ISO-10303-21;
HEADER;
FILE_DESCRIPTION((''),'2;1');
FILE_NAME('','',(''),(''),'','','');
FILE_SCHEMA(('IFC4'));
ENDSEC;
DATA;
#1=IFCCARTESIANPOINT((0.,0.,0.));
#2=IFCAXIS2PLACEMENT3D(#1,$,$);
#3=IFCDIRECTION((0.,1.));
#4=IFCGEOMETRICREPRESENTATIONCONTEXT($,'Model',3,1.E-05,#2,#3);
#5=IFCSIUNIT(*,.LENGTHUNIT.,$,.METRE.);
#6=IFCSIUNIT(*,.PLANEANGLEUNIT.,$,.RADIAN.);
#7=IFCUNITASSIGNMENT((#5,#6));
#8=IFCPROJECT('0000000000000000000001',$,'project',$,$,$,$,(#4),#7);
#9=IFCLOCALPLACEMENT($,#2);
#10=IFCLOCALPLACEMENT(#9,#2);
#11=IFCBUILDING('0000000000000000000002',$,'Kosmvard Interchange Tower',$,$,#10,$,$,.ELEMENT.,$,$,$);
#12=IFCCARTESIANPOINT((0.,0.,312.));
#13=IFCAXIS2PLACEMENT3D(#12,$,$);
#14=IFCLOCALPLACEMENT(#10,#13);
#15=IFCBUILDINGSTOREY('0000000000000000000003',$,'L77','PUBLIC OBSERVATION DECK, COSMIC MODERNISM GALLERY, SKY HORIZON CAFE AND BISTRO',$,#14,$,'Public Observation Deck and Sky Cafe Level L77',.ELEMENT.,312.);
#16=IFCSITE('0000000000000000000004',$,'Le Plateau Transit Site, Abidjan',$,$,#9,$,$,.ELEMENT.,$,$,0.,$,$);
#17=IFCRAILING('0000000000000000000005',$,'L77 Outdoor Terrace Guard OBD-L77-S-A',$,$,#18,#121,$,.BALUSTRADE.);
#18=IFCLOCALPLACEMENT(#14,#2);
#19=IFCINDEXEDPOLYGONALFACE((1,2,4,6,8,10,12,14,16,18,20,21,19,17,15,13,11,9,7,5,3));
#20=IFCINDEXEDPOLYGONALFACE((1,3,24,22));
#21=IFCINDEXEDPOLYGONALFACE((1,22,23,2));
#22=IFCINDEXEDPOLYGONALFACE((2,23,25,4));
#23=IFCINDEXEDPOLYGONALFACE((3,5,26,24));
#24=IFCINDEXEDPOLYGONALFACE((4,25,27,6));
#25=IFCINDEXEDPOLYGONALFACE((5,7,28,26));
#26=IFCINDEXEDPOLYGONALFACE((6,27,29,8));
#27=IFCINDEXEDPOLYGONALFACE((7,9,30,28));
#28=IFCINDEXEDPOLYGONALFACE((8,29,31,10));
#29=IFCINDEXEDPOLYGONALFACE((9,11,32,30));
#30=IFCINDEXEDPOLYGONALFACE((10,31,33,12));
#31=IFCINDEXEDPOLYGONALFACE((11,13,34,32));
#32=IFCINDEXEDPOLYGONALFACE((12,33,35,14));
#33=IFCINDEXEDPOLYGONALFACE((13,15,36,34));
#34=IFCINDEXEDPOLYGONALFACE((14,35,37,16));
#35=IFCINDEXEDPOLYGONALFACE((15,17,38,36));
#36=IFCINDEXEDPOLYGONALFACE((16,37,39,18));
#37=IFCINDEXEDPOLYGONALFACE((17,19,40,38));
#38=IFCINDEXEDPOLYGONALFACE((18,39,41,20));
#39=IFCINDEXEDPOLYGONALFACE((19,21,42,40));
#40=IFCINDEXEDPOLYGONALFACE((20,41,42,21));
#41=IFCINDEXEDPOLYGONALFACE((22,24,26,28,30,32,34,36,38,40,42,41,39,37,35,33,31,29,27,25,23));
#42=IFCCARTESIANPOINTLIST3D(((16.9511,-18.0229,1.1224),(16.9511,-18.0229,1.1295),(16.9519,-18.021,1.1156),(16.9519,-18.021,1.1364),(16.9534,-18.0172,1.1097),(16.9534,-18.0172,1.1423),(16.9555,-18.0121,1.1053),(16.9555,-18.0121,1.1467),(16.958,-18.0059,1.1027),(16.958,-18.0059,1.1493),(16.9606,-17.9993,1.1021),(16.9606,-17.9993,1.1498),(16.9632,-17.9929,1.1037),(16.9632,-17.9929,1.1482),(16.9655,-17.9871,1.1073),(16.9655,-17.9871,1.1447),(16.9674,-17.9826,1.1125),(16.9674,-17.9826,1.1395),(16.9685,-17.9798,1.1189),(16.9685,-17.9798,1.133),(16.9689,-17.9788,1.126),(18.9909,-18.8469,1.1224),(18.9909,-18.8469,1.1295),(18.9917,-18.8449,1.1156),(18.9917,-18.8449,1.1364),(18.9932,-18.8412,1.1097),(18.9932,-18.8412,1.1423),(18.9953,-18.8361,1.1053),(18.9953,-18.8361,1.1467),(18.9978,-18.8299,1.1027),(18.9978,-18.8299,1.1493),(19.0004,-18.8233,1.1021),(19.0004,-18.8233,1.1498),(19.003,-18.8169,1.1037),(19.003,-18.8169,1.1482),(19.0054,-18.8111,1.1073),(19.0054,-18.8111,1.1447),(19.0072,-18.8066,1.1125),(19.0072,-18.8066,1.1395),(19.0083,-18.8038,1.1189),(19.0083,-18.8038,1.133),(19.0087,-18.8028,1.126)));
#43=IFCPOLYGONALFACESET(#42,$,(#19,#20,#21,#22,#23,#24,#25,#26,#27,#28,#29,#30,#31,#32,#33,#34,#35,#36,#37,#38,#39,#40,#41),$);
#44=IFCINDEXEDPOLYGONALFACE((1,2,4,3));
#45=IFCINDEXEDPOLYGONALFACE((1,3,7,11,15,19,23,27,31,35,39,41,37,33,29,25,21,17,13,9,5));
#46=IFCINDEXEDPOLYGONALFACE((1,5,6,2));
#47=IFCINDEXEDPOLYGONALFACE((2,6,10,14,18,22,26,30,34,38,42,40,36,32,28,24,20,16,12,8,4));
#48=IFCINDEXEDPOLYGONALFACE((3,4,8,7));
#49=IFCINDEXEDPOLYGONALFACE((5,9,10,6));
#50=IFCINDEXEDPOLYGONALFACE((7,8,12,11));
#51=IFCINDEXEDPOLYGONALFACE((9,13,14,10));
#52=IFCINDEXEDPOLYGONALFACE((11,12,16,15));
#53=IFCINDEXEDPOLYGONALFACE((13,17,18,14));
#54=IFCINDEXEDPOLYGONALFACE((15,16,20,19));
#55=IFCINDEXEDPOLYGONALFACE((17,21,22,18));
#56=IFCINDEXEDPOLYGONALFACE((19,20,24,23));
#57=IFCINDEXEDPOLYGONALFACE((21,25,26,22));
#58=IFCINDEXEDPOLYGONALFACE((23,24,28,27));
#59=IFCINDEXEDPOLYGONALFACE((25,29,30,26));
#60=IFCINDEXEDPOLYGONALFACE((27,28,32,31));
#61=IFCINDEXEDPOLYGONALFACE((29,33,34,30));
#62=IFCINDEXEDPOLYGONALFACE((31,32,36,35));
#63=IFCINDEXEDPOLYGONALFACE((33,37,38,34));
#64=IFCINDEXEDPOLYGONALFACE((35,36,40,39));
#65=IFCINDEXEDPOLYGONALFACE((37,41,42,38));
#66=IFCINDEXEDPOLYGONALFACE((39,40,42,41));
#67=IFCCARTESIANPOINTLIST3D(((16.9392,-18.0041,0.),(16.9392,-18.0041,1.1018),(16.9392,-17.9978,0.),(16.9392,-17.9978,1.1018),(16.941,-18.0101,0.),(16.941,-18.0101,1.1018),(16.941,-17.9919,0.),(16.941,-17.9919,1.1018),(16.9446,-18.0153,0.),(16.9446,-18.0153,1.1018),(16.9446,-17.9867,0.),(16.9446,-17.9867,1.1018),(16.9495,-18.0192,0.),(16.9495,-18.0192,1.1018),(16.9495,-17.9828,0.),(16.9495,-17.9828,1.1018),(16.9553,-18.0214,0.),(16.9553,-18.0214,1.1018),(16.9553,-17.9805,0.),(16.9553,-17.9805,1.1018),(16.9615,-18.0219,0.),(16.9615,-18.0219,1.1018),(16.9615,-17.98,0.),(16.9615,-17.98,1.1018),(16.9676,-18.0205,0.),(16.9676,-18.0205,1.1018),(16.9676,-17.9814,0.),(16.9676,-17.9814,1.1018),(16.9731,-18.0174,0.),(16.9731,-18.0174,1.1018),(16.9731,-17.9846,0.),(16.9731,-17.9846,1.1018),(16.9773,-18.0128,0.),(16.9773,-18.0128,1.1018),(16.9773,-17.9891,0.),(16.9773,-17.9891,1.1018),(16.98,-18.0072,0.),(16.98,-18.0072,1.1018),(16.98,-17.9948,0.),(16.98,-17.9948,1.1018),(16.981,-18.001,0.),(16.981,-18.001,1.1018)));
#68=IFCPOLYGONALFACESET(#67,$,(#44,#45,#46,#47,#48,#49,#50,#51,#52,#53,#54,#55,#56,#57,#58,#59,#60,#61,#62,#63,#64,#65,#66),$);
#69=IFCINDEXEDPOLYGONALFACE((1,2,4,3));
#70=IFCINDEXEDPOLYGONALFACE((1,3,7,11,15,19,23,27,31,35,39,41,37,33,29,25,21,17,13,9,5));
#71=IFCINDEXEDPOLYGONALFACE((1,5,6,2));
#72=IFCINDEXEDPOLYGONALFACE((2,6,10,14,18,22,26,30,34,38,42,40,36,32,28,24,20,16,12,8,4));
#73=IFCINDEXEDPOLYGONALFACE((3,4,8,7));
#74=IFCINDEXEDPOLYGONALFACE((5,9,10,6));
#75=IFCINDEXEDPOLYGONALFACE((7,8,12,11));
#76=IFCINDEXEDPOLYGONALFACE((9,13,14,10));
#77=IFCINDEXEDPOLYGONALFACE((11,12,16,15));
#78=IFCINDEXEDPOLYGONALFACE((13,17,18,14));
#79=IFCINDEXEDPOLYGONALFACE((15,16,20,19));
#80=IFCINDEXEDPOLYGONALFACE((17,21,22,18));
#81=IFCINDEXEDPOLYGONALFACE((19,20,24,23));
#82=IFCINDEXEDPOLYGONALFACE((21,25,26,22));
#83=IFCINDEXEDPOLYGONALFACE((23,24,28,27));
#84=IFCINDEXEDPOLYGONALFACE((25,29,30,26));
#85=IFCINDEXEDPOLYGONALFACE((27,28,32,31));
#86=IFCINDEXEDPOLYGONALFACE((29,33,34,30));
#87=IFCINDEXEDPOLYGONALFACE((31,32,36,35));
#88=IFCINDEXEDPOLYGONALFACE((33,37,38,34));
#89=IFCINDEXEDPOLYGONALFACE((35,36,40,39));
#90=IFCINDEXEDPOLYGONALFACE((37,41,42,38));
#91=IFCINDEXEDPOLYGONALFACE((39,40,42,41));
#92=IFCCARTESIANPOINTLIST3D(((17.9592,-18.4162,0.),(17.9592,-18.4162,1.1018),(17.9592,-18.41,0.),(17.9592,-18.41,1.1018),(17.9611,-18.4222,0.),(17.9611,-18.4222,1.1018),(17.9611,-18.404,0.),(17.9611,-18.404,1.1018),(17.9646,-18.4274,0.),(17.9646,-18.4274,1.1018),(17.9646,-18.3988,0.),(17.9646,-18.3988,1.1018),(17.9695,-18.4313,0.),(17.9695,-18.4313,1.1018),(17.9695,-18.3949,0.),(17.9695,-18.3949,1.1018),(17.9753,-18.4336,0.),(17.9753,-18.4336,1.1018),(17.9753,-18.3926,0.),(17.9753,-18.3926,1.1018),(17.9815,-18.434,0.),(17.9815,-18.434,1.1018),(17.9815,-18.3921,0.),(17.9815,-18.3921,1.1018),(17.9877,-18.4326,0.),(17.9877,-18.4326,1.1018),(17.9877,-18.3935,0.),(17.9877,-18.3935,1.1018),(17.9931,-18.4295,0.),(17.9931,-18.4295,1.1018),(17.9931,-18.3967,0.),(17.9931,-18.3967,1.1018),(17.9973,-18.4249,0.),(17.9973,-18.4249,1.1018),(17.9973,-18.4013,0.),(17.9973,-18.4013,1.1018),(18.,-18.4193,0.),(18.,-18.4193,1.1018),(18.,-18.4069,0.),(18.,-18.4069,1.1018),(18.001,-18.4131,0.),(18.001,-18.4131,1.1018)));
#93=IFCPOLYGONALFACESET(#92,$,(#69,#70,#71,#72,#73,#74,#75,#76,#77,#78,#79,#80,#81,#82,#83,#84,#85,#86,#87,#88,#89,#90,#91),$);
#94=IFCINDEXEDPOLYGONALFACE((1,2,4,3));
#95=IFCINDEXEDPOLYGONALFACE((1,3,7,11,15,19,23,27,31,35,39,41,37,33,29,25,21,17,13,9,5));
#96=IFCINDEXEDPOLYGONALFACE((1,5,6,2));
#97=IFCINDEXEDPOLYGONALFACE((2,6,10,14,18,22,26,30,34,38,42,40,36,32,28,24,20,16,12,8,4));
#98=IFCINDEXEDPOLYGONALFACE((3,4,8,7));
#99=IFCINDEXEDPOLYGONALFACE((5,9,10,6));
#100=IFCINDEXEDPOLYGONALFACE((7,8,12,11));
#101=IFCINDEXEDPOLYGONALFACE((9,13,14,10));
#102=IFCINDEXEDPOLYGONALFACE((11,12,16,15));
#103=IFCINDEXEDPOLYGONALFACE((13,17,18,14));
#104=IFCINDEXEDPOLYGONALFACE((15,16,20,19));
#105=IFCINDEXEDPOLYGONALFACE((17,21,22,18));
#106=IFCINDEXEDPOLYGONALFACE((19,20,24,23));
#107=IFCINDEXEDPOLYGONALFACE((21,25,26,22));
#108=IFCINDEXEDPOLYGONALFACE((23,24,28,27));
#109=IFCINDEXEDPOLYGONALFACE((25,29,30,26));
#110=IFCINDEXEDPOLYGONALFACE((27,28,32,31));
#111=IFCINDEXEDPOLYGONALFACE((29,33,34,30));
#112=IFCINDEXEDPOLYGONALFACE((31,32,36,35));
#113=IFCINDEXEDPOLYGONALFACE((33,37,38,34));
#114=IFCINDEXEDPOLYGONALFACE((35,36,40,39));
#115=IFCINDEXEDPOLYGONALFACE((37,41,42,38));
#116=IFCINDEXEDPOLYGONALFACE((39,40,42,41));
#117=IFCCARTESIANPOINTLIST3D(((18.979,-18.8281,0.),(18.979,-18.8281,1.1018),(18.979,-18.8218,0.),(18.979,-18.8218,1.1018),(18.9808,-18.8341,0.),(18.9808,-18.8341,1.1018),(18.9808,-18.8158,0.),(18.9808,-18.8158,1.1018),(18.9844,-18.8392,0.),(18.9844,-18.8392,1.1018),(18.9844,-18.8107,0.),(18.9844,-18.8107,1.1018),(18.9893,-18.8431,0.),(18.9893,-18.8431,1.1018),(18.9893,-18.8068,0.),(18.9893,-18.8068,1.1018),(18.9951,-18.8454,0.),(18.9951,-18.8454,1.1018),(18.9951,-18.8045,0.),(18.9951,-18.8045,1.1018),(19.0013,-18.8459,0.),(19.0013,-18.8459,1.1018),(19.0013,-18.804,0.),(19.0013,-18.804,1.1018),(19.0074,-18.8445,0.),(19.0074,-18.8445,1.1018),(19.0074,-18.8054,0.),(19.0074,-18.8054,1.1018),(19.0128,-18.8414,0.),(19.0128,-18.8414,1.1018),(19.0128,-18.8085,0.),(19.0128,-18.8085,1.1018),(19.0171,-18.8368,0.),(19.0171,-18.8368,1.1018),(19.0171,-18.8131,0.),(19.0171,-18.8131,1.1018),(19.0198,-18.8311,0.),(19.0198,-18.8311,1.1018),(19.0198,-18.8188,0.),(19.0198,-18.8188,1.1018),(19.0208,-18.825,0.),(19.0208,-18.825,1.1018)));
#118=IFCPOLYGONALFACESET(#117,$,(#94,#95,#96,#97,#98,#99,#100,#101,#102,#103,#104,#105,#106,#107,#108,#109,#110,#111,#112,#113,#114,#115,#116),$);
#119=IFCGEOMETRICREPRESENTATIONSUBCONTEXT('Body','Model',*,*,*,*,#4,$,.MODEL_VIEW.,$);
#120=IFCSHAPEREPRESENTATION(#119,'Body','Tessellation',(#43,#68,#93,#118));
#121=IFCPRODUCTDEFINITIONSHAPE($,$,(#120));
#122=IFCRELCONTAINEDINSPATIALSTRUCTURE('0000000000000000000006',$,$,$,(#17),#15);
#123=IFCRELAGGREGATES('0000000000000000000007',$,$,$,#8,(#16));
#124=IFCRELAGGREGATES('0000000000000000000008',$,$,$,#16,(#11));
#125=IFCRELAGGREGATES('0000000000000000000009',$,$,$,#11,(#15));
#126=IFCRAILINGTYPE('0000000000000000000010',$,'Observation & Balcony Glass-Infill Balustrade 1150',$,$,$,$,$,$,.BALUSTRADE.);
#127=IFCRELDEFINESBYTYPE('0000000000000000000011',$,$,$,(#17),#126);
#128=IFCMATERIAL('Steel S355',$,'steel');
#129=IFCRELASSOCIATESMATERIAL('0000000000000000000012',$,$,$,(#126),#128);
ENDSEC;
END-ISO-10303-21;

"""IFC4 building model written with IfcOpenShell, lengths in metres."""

from ifc_helpers import new_model, si_unit, direction, frame, origin, origin_2d, place, context, subcontext, project, spatial, circle, extrude, source, transform, mapped, material, type_object, element, save


model = new_model("IFC4")

# Units and contexts
model_context = context("Model", 3, precision=1e-05, world=origin(), true_north=direction((0.0, 1.0)))
body_context = subcontext(model_context, "Body", "Model", "MODEL_VIEW")
ifc_project = project(units=[si_unit("LENGTHUNIT", "METRE"), si_unit("PLANEANGLEUNIT", "RADIAN")], contexts=[model_context])

# Site, building, storey
site_placement = place(None, origin())
site = spatial("IfcSite", under=ifc_project, at=site_placement, Name="Le Plateau Transit Site, Abidjan", CompositionType="ELEMENT", RefElevation=0.0)
building_placement = place(site_placement, origin())
building = spatial("IfcBuilding", under=site, at=building_placement, Name="Kosmvard Interchange Tower", CompositionType="ELEMENT")
storey_placement = place(building_placement, frame((0.0, 0.0, 312.0)))
storey = spatial("IfcBuildingStorey", under=building, at=storey_placement, Name="L77", Description="PUBLIC OBSERVATION DECK, COSMIC MODERNISM GALLERY, SKY HORIZON CAFE AND BISTRO", LongName="Public Observation Deck and Sky Cafe Level L77", CompositionType="ELEMENT", Elevation=312.0)

# Shared definitions
ifc_material_1 = material(Name="Steel S355", Category="steel")

# Railing
railing_type = type_object("IfcRailingType", Name="Observation & Balcony Glass-Infill Balustrade 1150", PredefinedType="BALUSTRADE", material=ifc_material_1)
shared_shape_1 = source(origin(), body_context, "Body", "SweptSolid", [
    extrude(circle(Radius=0.0239, at=origin_2d()), frame((0.0, 0.0, 1.126), z_axis=(0.927208, -0.374546, 0.0), x_axis=(0.374546, 0.927208, 0.0)), (0.0, 0.0, 1.0), 2.2),
    extrude(circle(Radius=0.021, at=origin_2d()), origin(), (0.0, 0.0, 1.0), 1.1018),
    extrude(circle(Radius=0.021, at=origin_2d()), frame((1.02, -0.4121, 0.0)), (0.0, 0.0, 1.0), 1.1018),
    extrude(circle(Radius=0.021, at=origin_2d()), frame((2.0398, -0.824, 0.0)), (0.0, 0.0, 1.0), 1.1018),
])
railing_1_placement = place(storey_placement, frame((16.96, -18.001, 0.0)))
element("IfcRailing", 1, at=railing_1_placement, inside=storey, type_object=railing_type, Name="L77 Outdoor Terrace Guard OBD-L77-S-A", PredefinedType="BALUSTRADE", context=body_context, shape_type="MappedRepresentation", body=[
    mapped(shared_shape_1, transform((0.0, 0.0, 0.0), scale=1.0)),
])

save(model, "model.ifc")
